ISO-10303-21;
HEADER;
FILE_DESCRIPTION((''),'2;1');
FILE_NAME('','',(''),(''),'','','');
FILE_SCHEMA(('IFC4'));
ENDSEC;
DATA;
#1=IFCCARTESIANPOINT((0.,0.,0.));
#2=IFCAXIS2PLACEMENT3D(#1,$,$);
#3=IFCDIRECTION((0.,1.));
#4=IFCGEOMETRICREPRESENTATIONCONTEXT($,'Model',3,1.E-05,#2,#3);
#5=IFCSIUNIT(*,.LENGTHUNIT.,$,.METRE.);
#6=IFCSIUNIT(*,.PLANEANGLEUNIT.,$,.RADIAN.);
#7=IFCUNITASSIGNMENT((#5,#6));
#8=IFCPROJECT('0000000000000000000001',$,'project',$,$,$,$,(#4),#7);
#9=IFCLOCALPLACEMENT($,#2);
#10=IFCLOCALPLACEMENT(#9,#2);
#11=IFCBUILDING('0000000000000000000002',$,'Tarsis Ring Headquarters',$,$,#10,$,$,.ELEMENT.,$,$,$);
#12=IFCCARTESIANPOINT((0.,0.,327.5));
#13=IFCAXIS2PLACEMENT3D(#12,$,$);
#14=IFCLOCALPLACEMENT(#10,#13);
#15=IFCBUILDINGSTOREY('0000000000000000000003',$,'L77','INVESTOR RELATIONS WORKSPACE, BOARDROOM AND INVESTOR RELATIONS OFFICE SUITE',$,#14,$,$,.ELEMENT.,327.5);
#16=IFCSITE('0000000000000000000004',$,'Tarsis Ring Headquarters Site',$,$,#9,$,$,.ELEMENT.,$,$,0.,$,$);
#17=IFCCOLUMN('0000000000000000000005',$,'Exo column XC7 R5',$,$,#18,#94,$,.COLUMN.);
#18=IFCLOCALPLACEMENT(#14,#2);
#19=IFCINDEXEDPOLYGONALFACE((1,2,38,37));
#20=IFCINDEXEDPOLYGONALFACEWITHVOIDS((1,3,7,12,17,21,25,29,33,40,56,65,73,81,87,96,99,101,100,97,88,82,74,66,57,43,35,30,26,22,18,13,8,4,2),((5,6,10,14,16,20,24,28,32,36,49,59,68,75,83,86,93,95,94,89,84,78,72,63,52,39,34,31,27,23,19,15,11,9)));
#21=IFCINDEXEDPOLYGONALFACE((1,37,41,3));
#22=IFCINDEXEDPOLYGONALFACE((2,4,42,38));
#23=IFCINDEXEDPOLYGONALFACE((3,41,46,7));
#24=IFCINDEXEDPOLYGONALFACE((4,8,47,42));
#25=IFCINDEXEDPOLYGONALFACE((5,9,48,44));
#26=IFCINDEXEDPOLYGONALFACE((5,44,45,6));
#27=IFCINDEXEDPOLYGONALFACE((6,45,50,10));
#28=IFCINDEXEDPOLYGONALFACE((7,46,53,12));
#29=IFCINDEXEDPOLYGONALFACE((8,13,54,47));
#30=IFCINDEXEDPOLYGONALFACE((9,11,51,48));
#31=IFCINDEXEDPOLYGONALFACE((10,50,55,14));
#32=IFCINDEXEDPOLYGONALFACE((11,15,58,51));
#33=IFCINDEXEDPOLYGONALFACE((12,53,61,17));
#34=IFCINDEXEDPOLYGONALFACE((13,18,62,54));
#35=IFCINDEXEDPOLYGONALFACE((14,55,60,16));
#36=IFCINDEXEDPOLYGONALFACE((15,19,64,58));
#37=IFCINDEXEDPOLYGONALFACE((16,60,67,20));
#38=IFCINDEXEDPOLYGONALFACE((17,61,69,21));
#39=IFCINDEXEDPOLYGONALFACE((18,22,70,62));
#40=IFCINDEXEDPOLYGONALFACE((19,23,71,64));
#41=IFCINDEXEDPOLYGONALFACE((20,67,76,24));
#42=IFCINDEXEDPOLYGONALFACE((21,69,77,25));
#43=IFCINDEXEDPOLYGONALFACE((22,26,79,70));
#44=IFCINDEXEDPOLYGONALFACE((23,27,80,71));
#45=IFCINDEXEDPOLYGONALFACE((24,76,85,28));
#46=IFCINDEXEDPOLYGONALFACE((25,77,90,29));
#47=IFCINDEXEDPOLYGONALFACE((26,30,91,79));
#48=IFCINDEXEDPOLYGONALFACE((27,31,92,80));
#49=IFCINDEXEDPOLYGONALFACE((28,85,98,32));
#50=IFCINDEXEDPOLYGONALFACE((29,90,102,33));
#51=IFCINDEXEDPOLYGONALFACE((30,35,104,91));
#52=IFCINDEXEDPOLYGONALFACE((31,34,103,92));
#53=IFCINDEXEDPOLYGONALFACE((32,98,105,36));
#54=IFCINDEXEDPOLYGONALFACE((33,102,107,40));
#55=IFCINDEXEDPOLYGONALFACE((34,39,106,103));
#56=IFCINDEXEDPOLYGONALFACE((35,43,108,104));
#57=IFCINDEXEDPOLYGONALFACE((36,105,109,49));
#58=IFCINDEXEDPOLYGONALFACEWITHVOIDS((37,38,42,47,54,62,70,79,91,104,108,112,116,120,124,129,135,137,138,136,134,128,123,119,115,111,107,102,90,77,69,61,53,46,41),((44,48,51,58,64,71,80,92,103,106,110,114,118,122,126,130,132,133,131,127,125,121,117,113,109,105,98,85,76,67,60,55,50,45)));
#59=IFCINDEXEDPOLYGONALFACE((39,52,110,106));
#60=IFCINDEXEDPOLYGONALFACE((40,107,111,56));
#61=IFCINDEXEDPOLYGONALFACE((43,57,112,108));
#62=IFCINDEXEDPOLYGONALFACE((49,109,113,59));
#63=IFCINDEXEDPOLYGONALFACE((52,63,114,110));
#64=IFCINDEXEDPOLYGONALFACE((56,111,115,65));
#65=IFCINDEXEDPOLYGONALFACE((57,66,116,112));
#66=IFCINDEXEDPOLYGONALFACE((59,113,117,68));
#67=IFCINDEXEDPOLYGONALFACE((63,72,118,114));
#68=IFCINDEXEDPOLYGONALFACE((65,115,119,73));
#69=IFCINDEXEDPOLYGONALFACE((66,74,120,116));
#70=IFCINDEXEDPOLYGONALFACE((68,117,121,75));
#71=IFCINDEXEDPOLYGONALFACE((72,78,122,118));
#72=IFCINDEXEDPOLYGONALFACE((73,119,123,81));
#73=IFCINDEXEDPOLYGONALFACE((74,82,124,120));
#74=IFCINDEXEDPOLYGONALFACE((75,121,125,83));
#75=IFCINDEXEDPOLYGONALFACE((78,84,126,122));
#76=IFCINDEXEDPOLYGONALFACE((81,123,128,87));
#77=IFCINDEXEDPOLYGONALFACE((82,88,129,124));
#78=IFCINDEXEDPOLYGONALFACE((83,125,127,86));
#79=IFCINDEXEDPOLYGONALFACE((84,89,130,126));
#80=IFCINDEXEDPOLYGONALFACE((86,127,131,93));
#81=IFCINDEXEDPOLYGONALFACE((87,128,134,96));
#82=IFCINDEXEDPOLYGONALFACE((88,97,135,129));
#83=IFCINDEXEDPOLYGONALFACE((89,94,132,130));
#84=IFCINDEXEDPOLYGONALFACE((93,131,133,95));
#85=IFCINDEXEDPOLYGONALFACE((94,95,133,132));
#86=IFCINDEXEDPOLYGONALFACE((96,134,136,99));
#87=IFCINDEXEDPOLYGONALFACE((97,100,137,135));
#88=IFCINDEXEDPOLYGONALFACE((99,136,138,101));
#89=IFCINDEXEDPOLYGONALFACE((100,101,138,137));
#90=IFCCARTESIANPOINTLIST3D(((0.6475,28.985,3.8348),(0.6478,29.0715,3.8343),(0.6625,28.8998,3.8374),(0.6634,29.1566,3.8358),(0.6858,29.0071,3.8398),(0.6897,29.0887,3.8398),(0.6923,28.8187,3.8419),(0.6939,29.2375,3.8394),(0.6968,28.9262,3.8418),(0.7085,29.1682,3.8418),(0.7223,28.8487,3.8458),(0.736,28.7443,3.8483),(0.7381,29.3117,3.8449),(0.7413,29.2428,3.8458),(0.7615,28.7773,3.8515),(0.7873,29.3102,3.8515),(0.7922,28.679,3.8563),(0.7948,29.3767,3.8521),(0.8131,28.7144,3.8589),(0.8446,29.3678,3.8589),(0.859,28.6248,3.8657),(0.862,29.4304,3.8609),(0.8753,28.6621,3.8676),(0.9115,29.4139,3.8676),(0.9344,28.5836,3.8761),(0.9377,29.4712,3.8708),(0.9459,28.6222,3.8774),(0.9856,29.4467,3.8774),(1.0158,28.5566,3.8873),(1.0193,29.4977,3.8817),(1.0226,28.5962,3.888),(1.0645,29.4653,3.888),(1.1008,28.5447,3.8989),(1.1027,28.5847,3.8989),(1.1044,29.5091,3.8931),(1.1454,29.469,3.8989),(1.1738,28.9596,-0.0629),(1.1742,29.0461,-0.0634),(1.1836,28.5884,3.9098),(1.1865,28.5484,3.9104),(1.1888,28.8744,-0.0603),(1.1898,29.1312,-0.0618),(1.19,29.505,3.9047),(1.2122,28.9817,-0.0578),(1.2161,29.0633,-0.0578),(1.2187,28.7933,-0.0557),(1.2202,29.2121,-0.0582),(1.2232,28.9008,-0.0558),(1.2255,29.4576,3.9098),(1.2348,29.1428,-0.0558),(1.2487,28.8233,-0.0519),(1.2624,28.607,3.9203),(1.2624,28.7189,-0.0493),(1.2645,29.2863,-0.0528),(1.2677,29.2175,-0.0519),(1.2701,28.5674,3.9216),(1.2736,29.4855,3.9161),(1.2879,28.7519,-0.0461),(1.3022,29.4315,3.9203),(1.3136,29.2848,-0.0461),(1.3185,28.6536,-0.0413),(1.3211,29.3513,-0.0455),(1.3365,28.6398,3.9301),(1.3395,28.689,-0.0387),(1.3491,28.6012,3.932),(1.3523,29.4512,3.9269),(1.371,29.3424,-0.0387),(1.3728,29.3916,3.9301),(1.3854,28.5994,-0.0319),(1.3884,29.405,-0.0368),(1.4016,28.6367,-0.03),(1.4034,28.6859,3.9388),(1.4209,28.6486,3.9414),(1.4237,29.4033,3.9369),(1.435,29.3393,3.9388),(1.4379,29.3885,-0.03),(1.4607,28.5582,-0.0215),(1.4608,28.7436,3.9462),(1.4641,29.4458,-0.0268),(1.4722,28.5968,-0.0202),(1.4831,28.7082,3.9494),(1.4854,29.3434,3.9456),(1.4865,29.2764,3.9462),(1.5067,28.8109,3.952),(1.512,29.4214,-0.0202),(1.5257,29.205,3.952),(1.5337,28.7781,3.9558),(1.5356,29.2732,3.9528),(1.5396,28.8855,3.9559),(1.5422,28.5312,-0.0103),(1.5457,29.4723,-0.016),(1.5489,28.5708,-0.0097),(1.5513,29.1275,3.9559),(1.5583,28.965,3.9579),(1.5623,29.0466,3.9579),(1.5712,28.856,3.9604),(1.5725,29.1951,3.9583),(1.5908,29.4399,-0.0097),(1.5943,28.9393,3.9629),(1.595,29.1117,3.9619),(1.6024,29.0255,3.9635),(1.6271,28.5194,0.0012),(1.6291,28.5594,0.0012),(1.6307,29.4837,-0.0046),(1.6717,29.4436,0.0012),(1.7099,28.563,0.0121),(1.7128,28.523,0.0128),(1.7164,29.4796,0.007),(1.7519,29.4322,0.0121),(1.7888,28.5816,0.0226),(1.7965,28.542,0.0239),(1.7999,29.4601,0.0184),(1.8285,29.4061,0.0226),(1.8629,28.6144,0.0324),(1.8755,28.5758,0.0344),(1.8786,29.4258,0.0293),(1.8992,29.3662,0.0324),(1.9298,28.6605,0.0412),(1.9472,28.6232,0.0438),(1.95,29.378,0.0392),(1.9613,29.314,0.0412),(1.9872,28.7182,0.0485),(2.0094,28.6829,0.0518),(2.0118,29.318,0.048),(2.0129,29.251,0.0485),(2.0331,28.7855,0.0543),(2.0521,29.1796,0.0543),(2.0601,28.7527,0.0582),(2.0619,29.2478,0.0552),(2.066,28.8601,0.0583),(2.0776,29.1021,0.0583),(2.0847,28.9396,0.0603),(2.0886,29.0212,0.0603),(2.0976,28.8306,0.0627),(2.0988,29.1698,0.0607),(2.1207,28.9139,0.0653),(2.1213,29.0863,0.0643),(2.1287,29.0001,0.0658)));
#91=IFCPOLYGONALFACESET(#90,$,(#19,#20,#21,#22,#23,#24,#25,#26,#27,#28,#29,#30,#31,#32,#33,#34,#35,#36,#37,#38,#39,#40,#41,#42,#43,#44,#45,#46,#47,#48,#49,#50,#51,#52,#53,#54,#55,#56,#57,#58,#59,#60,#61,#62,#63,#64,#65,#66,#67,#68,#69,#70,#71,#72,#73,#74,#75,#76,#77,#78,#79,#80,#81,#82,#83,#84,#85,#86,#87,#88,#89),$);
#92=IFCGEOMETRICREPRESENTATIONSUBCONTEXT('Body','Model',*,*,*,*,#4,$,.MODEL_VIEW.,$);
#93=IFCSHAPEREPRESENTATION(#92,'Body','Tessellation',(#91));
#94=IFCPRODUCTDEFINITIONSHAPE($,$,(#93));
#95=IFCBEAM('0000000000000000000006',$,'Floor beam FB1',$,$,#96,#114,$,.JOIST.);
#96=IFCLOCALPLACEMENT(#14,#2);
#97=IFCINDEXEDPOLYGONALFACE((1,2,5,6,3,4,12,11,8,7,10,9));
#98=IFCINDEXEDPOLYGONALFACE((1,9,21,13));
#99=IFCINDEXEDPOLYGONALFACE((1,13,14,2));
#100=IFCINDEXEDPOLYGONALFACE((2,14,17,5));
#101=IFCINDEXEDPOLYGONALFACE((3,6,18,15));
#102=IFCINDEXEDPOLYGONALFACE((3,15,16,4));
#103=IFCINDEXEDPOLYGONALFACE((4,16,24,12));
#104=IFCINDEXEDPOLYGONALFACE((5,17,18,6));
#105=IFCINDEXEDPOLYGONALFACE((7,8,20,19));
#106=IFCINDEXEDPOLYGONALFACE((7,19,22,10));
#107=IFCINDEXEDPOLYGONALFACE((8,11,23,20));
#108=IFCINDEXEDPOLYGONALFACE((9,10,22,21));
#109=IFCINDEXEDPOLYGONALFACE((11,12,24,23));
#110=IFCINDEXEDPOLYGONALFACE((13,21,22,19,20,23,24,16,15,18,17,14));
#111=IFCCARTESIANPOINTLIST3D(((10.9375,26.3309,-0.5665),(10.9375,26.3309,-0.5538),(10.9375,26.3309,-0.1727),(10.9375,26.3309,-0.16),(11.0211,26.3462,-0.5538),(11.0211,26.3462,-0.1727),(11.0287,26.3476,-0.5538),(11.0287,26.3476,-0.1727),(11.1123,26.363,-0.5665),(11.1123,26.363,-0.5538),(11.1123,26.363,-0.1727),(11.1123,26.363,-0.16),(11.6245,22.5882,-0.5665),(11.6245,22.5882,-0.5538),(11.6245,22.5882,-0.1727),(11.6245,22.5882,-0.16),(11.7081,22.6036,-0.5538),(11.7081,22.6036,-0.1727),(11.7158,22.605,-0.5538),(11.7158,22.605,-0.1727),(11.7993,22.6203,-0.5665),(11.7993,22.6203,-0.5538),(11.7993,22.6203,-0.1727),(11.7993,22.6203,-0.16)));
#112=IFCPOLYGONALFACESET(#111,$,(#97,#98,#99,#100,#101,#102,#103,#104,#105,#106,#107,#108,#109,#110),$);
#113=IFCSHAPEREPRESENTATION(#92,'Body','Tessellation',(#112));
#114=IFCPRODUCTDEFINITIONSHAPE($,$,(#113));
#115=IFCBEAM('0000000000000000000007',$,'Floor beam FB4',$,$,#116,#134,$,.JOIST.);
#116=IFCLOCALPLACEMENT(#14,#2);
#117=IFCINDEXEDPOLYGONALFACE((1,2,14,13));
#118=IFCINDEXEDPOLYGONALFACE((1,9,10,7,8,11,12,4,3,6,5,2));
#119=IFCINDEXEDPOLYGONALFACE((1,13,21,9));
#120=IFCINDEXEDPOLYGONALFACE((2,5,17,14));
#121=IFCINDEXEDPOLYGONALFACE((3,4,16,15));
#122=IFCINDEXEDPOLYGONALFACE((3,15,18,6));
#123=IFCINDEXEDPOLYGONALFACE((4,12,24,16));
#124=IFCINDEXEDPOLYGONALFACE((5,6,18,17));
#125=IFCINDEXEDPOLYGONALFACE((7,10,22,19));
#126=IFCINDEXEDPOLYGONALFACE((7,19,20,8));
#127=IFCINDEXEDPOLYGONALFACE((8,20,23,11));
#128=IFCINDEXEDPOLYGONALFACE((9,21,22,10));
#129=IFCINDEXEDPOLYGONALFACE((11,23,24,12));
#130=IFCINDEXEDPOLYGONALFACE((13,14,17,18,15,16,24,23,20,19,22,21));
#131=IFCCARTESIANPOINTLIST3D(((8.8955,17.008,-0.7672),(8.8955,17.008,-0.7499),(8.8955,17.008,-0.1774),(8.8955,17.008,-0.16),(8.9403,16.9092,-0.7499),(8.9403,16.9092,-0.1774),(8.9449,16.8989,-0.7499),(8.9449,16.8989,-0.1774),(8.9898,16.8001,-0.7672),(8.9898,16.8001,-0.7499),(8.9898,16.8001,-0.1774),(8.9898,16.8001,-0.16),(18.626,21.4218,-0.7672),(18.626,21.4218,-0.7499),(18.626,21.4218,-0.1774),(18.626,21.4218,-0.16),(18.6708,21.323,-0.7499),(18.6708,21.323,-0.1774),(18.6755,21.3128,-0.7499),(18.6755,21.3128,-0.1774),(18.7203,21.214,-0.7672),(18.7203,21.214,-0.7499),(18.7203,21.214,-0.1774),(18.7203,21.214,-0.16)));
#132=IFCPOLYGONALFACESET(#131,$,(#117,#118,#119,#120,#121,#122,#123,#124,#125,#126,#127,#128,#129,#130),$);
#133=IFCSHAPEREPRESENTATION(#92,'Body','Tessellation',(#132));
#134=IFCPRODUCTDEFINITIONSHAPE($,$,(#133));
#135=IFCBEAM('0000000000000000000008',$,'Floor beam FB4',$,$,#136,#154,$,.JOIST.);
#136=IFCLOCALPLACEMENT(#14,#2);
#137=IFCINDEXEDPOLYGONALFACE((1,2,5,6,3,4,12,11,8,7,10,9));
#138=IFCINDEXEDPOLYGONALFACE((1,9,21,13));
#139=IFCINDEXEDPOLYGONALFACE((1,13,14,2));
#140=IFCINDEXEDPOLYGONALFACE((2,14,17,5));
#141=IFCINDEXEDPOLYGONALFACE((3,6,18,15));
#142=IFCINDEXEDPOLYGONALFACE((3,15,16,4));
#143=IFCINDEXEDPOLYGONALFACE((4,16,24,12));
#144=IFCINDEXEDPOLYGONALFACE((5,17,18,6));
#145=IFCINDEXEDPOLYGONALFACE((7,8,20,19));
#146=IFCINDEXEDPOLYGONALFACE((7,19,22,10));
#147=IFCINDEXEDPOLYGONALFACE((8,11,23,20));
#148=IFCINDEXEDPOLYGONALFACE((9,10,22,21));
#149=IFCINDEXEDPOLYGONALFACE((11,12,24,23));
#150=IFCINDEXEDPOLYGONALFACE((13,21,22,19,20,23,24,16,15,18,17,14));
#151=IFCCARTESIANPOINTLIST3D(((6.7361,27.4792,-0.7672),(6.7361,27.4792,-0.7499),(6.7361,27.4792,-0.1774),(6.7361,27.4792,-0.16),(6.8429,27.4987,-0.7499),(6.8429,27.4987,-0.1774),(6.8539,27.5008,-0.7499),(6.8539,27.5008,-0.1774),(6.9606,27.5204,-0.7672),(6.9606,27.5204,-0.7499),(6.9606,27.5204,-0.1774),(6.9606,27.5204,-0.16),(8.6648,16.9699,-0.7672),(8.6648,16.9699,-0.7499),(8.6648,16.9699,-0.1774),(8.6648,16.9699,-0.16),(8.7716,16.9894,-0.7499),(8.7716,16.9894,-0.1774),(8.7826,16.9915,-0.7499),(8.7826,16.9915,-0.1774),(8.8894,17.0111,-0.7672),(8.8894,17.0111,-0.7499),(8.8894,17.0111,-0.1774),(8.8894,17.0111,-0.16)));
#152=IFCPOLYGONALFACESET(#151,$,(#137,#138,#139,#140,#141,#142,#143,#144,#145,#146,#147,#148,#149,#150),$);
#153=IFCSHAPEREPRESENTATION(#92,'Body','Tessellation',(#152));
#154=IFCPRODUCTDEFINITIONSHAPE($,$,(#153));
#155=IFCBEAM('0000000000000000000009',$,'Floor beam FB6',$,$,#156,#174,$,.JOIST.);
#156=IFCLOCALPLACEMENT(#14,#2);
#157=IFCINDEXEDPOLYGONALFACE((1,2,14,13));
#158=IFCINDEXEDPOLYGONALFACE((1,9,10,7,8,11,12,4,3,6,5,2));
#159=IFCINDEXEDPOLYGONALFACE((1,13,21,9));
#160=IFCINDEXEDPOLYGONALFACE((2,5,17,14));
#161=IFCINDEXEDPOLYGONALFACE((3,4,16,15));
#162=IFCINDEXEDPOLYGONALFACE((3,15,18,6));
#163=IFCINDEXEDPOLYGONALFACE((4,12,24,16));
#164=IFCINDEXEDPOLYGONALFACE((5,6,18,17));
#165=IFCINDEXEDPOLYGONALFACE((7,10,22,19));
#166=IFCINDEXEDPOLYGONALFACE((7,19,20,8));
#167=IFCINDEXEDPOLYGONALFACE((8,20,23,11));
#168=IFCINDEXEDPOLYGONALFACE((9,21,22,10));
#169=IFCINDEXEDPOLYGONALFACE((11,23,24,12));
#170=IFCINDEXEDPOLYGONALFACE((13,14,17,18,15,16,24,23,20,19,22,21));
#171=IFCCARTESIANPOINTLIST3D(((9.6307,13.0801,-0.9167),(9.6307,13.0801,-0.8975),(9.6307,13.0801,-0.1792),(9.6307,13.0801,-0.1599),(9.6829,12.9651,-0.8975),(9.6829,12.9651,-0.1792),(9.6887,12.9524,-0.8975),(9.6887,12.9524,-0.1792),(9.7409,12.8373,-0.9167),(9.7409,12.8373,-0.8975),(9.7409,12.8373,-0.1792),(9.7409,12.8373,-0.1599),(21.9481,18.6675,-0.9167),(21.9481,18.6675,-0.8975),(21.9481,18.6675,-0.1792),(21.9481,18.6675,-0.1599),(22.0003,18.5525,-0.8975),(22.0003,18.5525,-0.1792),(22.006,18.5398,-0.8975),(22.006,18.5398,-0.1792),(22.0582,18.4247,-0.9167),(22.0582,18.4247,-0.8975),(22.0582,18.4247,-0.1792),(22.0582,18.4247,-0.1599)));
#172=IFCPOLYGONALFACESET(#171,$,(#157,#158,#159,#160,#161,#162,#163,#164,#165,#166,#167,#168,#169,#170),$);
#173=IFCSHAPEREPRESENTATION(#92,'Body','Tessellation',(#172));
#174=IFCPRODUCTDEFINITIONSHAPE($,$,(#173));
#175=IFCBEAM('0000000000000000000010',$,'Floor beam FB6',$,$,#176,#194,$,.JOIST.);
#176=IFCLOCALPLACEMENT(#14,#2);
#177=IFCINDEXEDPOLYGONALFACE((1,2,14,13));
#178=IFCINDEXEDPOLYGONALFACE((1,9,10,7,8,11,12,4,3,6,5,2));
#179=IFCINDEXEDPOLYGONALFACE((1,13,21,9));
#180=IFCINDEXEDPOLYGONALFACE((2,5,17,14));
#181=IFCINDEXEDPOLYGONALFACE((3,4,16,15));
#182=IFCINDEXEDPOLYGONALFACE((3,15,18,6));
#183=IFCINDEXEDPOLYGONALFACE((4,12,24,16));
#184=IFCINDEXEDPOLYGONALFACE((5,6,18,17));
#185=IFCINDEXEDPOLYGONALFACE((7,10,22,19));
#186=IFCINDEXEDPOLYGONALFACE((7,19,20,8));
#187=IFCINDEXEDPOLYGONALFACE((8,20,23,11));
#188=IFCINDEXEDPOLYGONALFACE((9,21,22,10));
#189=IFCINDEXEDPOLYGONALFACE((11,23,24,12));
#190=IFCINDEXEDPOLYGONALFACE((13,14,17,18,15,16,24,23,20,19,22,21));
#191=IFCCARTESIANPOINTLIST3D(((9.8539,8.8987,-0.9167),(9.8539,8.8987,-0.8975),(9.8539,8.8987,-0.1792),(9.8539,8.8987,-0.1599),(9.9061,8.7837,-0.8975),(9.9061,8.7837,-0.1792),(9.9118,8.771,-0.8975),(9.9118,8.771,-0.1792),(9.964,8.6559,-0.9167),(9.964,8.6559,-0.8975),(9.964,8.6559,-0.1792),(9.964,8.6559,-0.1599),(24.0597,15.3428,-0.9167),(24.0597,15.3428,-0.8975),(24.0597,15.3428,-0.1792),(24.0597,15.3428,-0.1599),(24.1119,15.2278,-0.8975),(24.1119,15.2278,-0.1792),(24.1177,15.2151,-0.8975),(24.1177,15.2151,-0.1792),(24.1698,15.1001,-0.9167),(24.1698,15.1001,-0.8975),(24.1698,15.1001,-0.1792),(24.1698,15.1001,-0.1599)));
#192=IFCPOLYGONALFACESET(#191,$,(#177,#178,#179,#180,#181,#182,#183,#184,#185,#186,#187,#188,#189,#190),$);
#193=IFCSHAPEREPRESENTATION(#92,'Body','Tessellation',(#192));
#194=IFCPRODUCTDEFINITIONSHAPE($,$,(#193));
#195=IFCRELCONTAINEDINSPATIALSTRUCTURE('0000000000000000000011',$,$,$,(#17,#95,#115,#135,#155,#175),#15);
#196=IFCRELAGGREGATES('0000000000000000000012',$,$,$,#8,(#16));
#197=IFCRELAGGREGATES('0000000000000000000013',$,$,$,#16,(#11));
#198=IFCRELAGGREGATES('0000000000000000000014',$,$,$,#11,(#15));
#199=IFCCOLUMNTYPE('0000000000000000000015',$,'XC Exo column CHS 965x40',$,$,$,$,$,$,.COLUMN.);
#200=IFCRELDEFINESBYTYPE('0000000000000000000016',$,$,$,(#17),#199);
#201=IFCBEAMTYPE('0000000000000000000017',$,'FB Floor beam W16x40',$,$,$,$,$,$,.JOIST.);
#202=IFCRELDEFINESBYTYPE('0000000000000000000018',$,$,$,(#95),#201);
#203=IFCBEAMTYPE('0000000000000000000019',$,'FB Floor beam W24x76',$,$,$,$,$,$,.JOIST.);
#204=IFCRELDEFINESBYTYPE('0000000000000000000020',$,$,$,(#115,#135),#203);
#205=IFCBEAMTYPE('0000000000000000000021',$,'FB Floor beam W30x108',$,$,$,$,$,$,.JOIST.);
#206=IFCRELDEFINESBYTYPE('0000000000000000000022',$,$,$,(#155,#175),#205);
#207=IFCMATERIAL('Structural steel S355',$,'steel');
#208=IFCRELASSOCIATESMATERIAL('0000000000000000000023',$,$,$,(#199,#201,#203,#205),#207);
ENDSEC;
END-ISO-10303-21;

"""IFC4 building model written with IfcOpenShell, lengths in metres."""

from ifc_helpers import new_model, si_unit, direction, frame, origin, origin_2d, place, context, subcontext, project, spatial, hollow_circle, i_section, extrude, material, material_profile, profile_set, type_object, element, save


model = new_model("IFC4")

# Units and contexts
model_context = context("Model", 3, precision=1e-05, world=origin(), true_north=direction((0.0, 1.0)))
body_context = subcontext(model_context, "Body", "Model", "MODEL_VIEW")
ifc_project = project(units=[si_unit("LENGTHUNIT", "METRE"), si_unit("PLANEANGLEUNIT", "RADIAN")], contexts=[model_context])

# Site, building, storey
site_placement = place(None, origin())
site = spatial("IfcSite", under=ifc_project, at=site_placement, Name="Tarsis Ring Headquarters Site", CompositionType="ELEMENT", RefElevation=0.0)
building_placement = place(site_placement, origin())
building = spatial("IfcBuilding", under=site, at=building_placement, Name="Tarsis Ring Headquarters", CompositionType="ELEMENT")
storey_placement = place(building_placement, frame((0.0, 0.0, 327.5)))
storey = spatial("IfcBuildingStorey", under=building, at=storey_placement, Name="L77", Description="INVESTOR RELATIONS WORKSPACE, BOARDROOM AND INVESTOR RELATIONS OFFICE SUITE", CompositionType="ELEMENT", Elevation=327.5)

# Column
ifc_material_1 = material(Name="Structural steel S355", Category="steel")
ifc_material_profile_1 = material_profile(ifc_material_1, hollow_circle(Radius=0.4827, WallThickness=0.04, at=origin_2d()), Name="CHS 965x40")
ifc_profile_set_1 = profile_set([ifc_material_profile_1], Name="Structural steel S355")
column_type = type_object("IfcColumnType", Name="XC Exo column CHS 965x40", PredefinedType="COLUMN", material=ifc_profile_set_1)
column_placement = place(storey_placement, frame((1.6504, 29.0015, 0.0012), z_axis=(-0.133828, 0.006456, 0.990984), x_axis=(-0.048181, -0.998839, 0.0)))
element("IfcColumn", 1, at=column_placement, inside=storey, type_object=column_type, Name="Exo column XC7 R5", PredefinedType="COLUMN", context=body_context, shape_type="SweptSolid", body=[
    extrude(hollow_circle(Radius=0.4827, WallThickness=0.04, at=origin_2d()), origin(), (0.0, 0.0, 1.0), 3.9331),
])

# Beams
ifc_material_profile_2 = material_profile(ifc_material_1, i_section(OverallWidth=0.1777, OverallDepth=0.4065, WebThickness=0.0078, FlangeThickness=0.0127, at=origin_2d()), Name="W16x40")
ifc_profile_set_2 = profile_set([ifc_material_profile_2], Name="Structural steel S355")
beam_type_1 = type_object("IfcBeamType", Name="FB Floor beam W16x40", PredefinedType="JOIST", material=ifc_profile_set_2)
beam_1_placement = place(storey_placement, frame((11.0249, 26.3469, -0.3633), z_axis=(0.180545, -0.983567, 0.0), x_axis=(0.983567, 0.180545, 0.0)))
element("IfcBeam", 2, at=beam_1_placement, inside=storey, type_object=beam_type_1, Name="Floor beam FB1", PredefinedType="JOIST", context=body_context, shape_type="SweptSolid", body=[
    extrude(i_section(OverallWidth=0.1777, OverallDepth=0.4065, WebThickness=0.0078, FlangeThickness=0.0127, at=origin_2d()), origin(), (0.0, 0.0, 1.0), 3.8052),
])
ifc_material_profile_3 = material_profile(ifc_material_1, i_section(OverallWidth=0.2283, OverallDepth=0.6072, WebThickness=0.0112, FlangeThickness=0.0173, at=origin_2d()), Name="W24x76")
ifc_profile_set_3 = profile_set([ifc_material_profile_3], Name="Structural steel S355")
beam_type_2 = type_object("IfcBeamType", Name="FB Floor beam W24x76", PredefinedType="JOIST", material=ifc_profile_set_3)
for number, where, z_axis, x_axis, name in (
    (3, (8.9426, 16.9041, -0.4636), (0.910688, 0.413095, 0.0), (-0.413095, 0.910688, 0.0), "Floor beam FB4"),
    (4, (6.8484, 27.4998, -0.4636), (0.18051, -0.983573, 0.0), (0.983573, 0.18051, 0.0), "Floor beam FB4"),
):
    element("IfcBeam", number, at=place(storey_placement, frame(where, z_axis=z_axis, x_axis=x_axis)), inside=storey, type_object=beam_type_2, Name=name, PredefinedType="JOIST", context=body_context, shape_type="SweptSolid", body=[
        extrude(i_section(OverallWidth=0.2283, OverallDepth=0.6072, WebThickness=0.0112, FlangeThickness=0.0173, at=origin_2d()), origin(), (0.0, 0.0, 1.0), 10.6848),
    ])
ifc_material_profile_4 = material_profile(ifc_material_1, i_section(OverallWidth=0.2666, OverallDepth=0.7568, WebThickness=0.0139, FlangeThickness=0.0193, at=origin_2d()), Name="W30x108")
ifc_profile_set_4 = profile_set([ifc_material_profile_4], Name="Structural steel S355")
beam_type_3 = type_object("IfcBeamType", Name="FB Floor beam W30x108", PredefinedType="JOIST", material=ifc_profile_set_4)
beam_2_placement = place(storey_placement, frame((9.6858, 12.9587, -0.5383), z_axis=(0.910684, 0.413104, 0.0), x_axis=(-0.413104, 0.910684, 0.0)))
element("IfcBeam", 5, at=beam_2_placement, inside=storey, type_object=beam_type_3, Name="Floor beam FB6", PredefinedType="JOIST", context=body_context, shape_type="SweptSolid", body=[
    extrude(i_section(OverallWidth=0.2666, OverallDepth=0.7568, WebThickness=0.0139, FlangeThickness=0.0193, at=origin_2d()), origin(), (0.0, 0.0, 1.0), 13.5254),
])
beam_3_placement = place(storey_placement, frame((9.9089, 8.7773, -0.5383), z_axis=(0.910682, 0.413107, 0.0), x_axis=(-0.413107, 0.910682, 0.0)))
element("IfcBeam", 6, at=beam_3_placement, inside=storey, type_object=beam_type_3, Name="Floor beam FB6", PredefinedType="JOIST", context=body_context, shape_type="SweptSolid", body=[
    extrude(i_section(OverallWidth=0.2666, OverallDepth=0.7568, WebThickness=0.0139, FlangeThickness=0.0193, at=origin_2d()), origin(), (0.0, 0.0, 1.0), 15.5991),
])

save(model, "model.ifc")
